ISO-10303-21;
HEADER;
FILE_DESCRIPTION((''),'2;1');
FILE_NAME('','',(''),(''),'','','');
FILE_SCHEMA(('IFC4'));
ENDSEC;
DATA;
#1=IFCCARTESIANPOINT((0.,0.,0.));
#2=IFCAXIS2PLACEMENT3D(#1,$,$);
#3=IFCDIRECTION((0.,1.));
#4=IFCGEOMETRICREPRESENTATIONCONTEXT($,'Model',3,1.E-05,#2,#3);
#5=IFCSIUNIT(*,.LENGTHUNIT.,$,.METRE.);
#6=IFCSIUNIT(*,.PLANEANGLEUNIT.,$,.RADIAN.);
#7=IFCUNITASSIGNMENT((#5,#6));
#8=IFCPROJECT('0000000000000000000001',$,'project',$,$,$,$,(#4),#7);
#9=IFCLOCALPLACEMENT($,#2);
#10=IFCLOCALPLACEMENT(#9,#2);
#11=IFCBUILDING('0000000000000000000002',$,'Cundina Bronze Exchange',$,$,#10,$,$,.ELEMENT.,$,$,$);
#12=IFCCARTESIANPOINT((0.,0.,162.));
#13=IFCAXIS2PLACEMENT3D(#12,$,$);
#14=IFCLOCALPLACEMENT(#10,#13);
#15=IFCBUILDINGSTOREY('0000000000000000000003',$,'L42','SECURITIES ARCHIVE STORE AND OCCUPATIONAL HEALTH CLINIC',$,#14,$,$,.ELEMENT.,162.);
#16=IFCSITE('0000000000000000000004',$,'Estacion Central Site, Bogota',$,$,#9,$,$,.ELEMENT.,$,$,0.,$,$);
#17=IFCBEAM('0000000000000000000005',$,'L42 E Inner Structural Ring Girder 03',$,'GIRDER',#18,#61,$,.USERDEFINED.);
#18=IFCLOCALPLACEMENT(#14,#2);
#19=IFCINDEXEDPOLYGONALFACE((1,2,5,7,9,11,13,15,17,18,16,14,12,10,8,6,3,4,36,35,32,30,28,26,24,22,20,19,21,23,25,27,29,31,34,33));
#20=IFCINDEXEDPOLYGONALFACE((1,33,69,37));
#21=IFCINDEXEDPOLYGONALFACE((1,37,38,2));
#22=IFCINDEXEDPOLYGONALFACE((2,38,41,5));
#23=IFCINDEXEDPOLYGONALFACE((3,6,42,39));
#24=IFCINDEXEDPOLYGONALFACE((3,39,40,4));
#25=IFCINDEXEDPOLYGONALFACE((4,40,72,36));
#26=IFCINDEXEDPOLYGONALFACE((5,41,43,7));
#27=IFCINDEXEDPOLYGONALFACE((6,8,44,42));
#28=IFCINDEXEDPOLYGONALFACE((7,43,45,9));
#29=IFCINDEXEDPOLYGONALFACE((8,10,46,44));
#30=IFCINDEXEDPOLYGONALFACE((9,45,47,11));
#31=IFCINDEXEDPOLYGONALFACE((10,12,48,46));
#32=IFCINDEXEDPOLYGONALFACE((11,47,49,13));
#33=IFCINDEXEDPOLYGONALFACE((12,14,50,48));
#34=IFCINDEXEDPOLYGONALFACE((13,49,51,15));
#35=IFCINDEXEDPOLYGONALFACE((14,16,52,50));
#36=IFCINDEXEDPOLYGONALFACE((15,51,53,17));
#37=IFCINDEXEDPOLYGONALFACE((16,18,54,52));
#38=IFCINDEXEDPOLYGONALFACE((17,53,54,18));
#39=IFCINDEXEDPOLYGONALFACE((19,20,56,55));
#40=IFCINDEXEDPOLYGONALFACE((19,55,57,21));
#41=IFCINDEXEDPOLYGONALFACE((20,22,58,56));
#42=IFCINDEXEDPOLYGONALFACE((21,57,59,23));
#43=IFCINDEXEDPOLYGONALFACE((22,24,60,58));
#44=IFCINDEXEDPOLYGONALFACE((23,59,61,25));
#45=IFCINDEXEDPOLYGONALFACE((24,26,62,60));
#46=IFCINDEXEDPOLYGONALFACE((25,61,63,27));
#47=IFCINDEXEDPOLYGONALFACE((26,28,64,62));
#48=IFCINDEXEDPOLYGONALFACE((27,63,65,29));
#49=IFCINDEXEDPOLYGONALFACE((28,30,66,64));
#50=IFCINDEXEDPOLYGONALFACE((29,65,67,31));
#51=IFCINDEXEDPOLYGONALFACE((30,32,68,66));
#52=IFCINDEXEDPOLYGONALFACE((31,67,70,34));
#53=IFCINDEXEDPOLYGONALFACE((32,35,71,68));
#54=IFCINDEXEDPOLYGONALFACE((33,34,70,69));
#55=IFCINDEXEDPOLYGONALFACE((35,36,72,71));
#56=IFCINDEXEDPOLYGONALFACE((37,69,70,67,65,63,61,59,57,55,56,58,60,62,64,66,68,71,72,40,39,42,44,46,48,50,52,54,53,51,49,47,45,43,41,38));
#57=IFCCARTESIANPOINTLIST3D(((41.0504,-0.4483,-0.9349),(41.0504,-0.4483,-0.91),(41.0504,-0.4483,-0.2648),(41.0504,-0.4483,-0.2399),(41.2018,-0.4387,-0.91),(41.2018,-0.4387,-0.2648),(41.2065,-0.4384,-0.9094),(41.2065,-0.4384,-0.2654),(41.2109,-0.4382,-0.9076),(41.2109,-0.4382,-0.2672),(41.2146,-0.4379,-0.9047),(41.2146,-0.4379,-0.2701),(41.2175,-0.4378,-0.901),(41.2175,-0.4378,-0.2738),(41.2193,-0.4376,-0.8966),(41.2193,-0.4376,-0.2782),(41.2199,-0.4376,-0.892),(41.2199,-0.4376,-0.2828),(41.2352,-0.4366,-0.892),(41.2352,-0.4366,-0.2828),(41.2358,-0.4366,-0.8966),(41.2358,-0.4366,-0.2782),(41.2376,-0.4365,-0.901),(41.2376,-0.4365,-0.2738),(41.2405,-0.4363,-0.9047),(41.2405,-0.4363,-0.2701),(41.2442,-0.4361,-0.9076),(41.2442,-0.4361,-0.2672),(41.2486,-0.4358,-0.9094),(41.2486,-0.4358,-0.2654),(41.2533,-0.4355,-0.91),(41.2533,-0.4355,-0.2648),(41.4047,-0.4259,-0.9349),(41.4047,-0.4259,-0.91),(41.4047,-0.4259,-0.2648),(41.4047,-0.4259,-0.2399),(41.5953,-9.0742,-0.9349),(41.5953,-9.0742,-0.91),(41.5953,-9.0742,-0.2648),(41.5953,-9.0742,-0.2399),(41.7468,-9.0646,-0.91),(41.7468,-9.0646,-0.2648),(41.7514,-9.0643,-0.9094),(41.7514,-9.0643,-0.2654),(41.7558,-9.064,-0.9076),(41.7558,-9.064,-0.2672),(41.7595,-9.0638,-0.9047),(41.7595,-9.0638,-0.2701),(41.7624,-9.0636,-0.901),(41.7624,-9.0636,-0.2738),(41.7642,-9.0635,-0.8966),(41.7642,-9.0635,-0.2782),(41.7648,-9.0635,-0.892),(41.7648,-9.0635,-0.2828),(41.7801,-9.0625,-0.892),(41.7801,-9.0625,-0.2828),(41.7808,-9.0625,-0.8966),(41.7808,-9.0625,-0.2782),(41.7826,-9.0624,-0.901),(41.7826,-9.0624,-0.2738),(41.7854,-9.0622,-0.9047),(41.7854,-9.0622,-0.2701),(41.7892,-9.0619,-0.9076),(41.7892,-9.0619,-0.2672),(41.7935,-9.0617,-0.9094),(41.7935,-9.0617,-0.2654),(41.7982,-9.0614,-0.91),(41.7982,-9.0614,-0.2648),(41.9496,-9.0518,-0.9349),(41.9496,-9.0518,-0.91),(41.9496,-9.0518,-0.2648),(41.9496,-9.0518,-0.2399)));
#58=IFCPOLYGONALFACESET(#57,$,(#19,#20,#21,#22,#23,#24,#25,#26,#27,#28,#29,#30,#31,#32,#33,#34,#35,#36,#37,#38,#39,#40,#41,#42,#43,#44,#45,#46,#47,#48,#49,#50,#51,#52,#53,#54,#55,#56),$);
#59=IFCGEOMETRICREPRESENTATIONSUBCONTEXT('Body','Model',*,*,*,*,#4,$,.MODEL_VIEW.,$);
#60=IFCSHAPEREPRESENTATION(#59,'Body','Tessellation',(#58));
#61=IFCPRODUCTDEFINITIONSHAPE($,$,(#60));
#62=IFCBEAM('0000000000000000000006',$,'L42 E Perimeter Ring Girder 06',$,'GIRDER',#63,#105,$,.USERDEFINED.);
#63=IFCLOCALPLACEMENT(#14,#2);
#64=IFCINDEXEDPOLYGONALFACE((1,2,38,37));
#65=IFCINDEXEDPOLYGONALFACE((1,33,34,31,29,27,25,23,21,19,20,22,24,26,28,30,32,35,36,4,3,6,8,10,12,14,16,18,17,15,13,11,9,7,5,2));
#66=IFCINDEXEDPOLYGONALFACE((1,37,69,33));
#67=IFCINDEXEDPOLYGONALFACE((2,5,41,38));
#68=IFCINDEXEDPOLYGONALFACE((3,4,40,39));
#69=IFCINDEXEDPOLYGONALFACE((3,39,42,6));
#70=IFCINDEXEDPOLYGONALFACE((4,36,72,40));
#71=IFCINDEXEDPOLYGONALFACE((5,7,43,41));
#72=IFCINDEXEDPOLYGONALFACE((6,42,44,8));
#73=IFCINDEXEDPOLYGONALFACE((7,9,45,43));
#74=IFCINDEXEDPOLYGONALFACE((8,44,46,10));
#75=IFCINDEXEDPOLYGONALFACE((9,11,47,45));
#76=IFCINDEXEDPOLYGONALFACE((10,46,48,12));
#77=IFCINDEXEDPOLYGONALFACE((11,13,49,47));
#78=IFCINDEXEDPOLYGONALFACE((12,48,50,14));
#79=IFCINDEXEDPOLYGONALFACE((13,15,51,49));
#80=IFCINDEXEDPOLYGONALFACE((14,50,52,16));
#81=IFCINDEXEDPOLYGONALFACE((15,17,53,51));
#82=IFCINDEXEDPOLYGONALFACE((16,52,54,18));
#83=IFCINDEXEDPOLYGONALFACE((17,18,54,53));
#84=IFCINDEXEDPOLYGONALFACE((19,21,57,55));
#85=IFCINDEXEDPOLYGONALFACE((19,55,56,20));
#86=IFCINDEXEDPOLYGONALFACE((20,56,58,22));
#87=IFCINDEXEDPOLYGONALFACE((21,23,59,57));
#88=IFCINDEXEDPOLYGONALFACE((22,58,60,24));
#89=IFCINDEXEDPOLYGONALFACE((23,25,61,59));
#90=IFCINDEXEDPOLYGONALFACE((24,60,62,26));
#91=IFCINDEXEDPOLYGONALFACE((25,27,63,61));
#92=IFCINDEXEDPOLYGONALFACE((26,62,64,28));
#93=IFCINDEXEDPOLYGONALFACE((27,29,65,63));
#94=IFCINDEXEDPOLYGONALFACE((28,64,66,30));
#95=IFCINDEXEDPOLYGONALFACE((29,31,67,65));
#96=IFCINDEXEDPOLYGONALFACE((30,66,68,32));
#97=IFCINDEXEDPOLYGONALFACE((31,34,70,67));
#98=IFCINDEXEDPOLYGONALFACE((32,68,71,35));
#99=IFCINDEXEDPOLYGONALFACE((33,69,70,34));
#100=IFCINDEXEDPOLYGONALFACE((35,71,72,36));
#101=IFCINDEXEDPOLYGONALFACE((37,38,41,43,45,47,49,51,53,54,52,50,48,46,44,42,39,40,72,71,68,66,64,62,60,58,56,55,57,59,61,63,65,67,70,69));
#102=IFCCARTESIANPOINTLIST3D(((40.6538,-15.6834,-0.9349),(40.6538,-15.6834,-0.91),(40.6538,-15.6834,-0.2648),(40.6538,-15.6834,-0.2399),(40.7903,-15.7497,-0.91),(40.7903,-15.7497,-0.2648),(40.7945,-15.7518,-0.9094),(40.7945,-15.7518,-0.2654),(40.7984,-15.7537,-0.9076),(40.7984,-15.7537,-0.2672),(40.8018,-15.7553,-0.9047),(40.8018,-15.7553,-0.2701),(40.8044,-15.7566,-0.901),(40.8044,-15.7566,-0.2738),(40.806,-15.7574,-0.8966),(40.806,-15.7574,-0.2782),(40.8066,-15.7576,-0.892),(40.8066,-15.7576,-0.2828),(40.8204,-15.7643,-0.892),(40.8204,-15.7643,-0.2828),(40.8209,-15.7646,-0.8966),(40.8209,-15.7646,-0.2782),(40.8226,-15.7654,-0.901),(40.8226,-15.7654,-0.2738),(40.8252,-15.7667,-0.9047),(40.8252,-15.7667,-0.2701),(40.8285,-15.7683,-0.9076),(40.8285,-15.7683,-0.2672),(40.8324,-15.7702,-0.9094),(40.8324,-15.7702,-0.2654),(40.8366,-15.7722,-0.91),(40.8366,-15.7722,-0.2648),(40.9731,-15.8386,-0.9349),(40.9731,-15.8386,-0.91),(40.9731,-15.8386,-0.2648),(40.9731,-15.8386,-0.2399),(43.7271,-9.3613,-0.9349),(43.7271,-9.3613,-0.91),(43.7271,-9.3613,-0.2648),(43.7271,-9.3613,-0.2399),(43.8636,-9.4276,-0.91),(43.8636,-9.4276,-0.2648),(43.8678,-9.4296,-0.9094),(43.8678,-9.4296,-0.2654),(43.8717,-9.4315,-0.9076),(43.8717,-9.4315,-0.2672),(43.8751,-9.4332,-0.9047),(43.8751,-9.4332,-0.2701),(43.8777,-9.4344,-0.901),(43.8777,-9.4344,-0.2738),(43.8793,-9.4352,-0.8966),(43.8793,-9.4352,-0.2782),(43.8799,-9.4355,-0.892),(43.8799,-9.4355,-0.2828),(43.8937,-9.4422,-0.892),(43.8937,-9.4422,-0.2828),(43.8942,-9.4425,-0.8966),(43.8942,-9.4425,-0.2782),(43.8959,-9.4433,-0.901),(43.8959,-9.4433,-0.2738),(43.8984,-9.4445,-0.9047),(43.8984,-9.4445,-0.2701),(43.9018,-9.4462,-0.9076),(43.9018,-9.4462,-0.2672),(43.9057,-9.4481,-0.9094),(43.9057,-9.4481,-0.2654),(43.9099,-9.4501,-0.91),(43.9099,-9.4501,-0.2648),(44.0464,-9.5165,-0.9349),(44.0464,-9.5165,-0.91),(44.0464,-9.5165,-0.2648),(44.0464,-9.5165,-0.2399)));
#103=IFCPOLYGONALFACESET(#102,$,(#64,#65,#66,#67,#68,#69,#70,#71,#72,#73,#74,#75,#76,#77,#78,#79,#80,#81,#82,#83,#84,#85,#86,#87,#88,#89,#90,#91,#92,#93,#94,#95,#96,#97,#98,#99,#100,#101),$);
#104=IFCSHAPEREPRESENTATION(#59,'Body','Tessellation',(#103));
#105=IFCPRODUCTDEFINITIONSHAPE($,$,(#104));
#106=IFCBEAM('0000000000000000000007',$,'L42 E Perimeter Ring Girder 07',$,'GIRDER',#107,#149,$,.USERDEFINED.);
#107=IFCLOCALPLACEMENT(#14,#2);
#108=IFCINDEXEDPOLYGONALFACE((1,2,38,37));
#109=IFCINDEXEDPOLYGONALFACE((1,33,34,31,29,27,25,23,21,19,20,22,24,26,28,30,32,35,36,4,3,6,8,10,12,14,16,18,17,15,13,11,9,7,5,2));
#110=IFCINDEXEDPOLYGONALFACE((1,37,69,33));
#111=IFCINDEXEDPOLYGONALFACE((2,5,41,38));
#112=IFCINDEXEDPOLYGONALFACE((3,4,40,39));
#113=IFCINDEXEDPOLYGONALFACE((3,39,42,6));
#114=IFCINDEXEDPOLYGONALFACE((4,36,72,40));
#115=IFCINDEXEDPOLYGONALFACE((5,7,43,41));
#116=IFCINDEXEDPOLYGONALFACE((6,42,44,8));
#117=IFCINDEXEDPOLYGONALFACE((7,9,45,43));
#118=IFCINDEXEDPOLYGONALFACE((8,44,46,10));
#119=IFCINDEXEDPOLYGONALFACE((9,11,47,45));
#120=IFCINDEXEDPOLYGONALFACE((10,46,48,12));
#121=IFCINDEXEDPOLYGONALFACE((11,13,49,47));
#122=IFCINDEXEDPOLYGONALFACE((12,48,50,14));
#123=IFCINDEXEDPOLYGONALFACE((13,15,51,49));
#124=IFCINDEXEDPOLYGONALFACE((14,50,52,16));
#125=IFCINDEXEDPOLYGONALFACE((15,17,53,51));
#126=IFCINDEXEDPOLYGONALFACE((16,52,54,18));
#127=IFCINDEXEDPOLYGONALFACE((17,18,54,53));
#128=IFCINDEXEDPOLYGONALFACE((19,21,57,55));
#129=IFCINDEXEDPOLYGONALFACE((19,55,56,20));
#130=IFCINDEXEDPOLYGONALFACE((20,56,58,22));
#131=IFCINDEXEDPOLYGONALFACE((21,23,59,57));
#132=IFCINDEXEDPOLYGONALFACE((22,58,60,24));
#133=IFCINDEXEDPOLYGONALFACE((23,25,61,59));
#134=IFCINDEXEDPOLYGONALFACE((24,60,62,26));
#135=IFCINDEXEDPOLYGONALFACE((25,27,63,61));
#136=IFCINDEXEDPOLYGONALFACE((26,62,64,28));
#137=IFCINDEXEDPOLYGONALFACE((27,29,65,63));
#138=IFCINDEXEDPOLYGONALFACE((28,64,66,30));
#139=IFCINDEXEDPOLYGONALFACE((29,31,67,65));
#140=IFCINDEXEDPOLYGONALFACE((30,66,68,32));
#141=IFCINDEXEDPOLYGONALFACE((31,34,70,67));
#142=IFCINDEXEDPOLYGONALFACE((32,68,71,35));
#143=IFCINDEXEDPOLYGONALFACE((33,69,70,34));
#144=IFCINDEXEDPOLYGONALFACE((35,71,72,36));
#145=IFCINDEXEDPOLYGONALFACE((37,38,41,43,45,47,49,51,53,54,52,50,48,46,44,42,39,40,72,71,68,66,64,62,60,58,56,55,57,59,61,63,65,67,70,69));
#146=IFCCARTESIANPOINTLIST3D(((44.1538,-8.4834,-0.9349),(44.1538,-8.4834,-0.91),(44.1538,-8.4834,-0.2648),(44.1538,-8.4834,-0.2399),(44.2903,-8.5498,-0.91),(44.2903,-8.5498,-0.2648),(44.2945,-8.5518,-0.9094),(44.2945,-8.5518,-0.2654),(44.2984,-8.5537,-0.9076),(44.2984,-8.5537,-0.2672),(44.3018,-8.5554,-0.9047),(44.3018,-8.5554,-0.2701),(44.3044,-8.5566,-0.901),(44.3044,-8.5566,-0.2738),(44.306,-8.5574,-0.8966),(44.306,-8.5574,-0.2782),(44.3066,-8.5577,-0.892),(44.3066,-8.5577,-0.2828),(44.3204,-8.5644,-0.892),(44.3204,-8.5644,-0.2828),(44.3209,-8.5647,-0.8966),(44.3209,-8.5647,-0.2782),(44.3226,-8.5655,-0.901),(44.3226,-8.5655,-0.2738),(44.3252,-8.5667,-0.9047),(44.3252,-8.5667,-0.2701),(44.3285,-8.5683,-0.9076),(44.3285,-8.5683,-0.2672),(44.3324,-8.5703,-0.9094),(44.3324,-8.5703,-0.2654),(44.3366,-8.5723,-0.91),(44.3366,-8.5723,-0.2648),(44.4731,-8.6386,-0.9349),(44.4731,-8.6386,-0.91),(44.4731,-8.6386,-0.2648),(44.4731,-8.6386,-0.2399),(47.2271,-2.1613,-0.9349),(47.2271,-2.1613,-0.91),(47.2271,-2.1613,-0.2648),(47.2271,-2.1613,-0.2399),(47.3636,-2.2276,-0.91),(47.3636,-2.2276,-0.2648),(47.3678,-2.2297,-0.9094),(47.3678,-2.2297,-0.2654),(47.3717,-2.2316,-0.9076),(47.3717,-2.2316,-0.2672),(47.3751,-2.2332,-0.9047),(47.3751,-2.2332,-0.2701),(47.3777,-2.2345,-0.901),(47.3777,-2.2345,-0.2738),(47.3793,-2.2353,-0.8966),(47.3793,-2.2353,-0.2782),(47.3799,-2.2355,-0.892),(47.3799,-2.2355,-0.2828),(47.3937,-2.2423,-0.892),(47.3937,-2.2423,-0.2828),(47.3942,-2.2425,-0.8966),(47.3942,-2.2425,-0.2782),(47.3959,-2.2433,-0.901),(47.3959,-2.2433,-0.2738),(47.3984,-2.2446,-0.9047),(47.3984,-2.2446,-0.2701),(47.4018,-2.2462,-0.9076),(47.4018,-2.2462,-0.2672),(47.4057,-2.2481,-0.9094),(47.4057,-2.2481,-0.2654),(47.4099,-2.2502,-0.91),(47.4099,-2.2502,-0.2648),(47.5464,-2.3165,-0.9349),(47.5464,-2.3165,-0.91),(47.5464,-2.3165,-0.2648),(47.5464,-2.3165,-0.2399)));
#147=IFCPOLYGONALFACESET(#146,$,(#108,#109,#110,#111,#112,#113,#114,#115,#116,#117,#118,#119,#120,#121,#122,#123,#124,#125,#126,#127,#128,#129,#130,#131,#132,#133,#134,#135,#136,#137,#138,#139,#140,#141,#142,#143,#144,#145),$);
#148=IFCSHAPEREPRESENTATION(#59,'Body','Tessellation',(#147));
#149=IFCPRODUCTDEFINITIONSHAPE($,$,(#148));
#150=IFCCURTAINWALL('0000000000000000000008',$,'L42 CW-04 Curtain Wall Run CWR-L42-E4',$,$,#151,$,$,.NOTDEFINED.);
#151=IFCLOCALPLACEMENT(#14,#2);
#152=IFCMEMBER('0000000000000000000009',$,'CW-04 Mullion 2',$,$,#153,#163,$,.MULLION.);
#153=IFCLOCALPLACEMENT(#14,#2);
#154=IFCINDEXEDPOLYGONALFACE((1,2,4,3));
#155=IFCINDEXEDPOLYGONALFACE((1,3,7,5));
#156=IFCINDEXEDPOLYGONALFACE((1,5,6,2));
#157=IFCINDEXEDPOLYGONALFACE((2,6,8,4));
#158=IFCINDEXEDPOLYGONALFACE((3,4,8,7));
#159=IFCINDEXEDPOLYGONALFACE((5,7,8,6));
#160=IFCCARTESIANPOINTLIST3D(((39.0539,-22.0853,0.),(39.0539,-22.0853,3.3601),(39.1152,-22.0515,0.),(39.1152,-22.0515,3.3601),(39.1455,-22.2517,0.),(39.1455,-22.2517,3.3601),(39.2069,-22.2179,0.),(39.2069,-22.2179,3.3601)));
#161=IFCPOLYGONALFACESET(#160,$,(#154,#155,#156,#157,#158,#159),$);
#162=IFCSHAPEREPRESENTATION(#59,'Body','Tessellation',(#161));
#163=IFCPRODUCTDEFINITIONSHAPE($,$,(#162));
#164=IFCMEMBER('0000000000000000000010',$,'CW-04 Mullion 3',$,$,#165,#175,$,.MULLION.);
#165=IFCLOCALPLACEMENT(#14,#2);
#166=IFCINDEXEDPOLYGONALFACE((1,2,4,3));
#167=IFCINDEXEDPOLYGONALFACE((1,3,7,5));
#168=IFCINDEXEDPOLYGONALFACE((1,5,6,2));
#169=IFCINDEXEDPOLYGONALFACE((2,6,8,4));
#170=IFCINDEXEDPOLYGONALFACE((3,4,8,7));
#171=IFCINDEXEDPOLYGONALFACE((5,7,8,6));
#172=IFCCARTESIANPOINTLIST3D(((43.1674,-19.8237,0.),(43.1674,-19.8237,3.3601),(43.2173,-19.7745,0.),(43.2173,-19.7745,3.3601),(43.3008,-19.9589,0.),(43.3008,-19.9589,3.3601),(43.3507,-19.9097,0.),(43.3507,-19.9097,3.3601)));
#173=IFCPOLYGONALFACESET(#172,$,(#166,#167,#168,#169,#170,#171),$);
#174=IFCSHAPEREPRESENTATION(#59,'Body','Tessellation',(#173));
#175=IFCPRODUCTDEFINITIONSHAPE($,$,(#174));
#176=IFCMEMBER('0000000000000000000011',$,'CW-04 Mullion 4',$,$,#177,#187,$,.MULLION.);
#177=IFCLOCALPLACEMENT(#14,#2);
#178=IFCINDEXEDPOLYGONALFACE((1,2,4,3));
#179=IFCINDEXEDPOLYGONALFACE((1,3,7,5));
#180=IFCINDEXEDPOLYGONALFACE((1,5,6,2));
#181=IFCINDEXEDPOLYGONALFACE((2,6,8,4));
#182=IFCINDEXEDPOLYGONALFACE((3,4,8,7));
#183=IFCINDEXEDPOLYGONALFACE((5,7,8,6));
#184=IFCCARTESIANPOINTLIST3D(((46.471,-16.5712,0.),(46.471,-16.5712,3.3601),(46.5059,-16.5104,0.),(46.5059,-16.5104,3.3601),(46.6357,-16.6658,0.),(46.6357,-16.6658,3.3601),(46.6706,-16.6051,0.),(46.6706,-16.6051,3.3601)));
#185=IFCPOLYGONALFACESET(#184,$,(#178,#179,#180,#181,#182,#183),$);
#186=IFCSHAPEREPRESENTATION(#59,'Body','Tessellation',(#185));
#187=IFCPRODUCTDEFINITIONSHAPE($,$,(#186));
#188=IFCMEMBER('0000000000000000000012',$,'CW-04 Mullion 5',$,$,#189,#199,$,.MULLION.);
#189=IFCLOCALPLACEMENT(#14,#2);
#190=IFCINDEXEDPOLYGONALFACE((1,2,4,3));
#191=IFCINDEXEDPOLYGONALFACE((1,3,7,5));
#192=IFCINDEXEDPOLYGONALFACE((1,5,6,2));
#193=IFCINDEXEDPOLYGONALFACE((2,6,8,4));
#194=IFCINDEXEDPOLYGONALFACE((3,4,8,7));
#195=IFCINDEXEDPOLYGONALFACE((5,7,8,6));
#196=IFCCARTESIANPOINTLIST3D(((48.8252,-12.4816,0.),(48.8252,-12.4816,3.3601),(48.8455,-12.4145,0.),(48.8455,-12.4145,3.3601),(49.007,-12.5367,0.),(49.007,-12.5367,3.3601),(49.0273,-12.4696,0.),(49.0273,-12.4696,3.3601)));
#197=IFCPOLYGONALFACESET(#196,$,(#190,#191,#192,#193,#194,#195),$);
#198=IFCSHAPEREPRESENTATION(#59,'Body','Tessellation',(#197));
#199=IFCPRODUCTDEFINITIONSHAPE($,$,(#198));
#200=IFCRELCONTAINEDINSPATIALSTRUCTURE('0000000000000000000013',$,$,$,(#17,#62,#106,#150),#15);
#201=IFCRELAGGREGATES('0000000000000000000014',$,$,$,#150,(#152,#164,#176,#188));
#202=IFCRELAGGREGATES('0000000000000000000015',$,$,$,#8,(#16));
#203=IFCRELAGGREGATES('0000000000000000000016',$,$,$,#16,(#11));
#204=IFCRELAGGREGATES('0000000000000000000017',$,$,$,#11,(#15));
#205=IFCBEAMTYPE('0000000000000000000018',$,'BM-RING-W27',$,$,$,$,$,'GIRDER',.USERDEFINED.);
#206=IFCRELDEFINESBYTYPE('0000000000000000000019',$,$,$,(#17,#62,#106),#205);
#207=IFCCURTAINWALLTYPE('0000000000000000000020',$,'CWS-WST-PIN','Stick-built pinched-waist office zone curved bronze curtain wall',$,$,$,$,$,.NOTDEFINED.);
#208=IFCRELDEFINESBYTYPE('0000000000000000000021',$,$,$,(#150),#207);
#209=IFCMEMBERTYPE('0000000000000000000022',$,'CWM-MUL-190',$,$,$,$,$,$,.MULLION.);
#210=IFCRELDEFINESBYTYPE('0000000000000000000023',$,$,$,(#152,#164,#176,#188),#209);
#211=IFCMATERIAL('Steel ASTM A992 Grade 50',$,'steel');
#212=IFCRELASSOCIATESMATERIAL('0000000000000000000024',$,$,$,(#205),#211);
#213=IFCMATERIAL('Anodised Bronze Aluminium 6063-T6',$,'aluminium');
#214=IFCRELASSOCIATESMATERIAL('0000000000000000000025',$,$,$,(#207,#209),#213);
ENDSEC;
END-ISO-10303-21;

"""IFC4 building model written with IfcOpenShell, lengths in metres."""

from ifc_helpers import new_model, si_unit, direction, frame, origin, origin_2d, place, context, subcontext, project, spatial, rectangle, i_section, extrude, material, material_profile, profile_set, type_object, element, aggregate, save


model = new_model("IFC4")

# Units and contexts
model_context = context("Model", 3, precision=1e-05, world=origin(), true_north=direction((0.0, 1.0)))
body_context = subcontext(model_context, "Body", "Model", "MODEL_VIEW")
ifc_project = project(units=[si_unit("LENGTHUNIT", "METRE"), si_unit("PLANEANGLEUNIT", "RADIAN")], contexts=[model_context])

# Site, building, storey
site_placement = place(None, origin())
site = spatial("IfcSite", under=ifc_project, at=site_placement, Name="Estacion Central Site, Bogota", CompositionType="ELEMENT", RefElevation=0.0)
building_placement = place(site_placement, origin())
building = spatial("IfcBuilding", under=site, at=building_placement, Name="Cundina Bronze Exchange", CompositionType="ELEMENT")
storey_placement = place(building_placement, frame((0.0, 0.0, 162.0)))
storey = spatial("IfcBuildingStorey", under=building, at=storey_placement, Name="L42", Description="SECURITIES ARCHIVE STORE AND OCCUPATIONAL HEALTH CLINIC", CompositionType="ELEMENT", Elevation=162.0)

# Beams
ifc_material_1 = material(Name="Steel ASTM A992 Grade 50", Category="steel")
ifc_material_profile_1 = material_profile(ifc_material_1, i_section(OverallWidth=0.355, OverallDepth=0.6951, WebThickness=0.0154, FlangeThickness=0.0249, FilletRadius=0.0181, at=origin_2d()), Name="W27X146", Category="steel")
ifc_profile_set_1 = profile_set([ifc_material_profile_1], Name="Steel ASTM A992 Grade 50")
beam_type_1 = type_object("IfcBeamType", Name="BM-RING-W27", ElementType="GIRDER", PredefinedType="USERDEFINED", material=ifc_profile_set_1)
beam_1_placement = place(storey_placement, frame((41.7725, -9.063, -0.5874), z_axis=(-0.063047, 0.998011, 0.0), x_axis=(-0.998011, -0.063047, 0.0)))
element("IfcBeam", 1, at=beam_1_placement, inside=storey, type_object=beam_type_1, Name="L42 E Inner Structural Ring Girder 03", ObjectType="GIRDER", PredefinedType="USERDEFINED", context=body_context, shape_type="SweptSolid", body=[
    extrude(i_section(OverallWidth=0.355, OverallDepth=0.6951, WebThickness=0.0154, FlangeThickness=0.0249, FilletRadius=0.0181, at=origin_2d()), origin(), (0.0, 0.0, 1.0), 8.6431),
])
for number, where, z_axis, x_axis, name in (
    (2, (40.8135, -15.761, -0.5874), (0.437197, 0.899366, 0.0), (-0.899366, 0.437197, 0.0), "L42 E Perimeter Ring Girder 06"),
    (3, (44.3135, -8.561, -0.5874), (0.437197, 0.899366, 0.0), (-0.899366, 0.437197, 0.0), "L42 E Perimeter Ring Girder 07"),
):
    element("IfcBeam", number, at=place(storey_placement, frame(where, z_axis=z_axis, x_axis=x_axis)), inside=storey, type_object=beam_type_1, Name=name, ObjectType="GIRDER", PredefinedType="USERDEFINED", context=body_context, shape_type="SweptSolid", body=[
        extrude(i_section(OverallWidth=0.355, OverallDepth=0.6951, WebThickness=0.0154, FlangeThickness=0.0249, FilletRadius=0.0181, at=origin_2d()), origin(), (0.0, 0.0, 1.0), 7.0295),
    ])

# Curtain wall, members
ifc_material_2 = material(Name="Anodised Bronze Aluminium 6063-T6", Category="aluminium")
curtain_wall_type = type_object("IfcCurtainWallType", Name="CWS-WST-PIN", Description="Stick-built pinched-waist office zone curved bronze curtain wall", PredefinedType="NOTDEFINED", material=ifc_material_2)
curtain_wall_placement = place(storey_placement, origin())
curtain_wall = element("IfcCurtainWall", 4, at=curtain_wall_placement, inside=storey, type_object=curtain_wall_type, Name="L42 CW-04 Curtain Wall Run CWR-L42-E4", PredefinedType="NOTDEFINED")
ifc_material_profile_2 = material_profile(ifc_material_2, rectangle(XDim=0.0701, YDim=0.1899, at=origin_2d()), Name="AL70X190", Category="aluminium")
ifc_profile_set_2 = profile_set([ifc_material_profile_2], Name="Anodised Bronze Aluminium 6063-T6")
member_type_1 = type_object("IfcMemberType", Name="CWM-MUL-190", PredefinedType="MULLION", material=ifc_profile_set_2)
member_1_placement = place(storey_placement, frame((39.1304, -22.1516, 0.0), z_axis=(0.0, 0.0, 1.0), x_axis=(0.875886, 0.482518, 0.0)))
member_1 = element("IfcMember", 5, at=member_1_placement, type_object=member_type_1, Name="CW-04 Mullion 2", PredefinedType="MULLION", context=body_context, shape_type="SweptSolid", body=[
    extrude(rectangle(XDim=0.0701, YDim=0.1899, at=origin_2d()), origin(), (0.0, 0.0, 1.0), 3.3601),
])
member_2_placement = place(storey_placement, frame((43.259, -19.8667, 0.0), z_axis=(0.0, 0.0, 1.0), x_axis=(0.712026, 0.702153, 0.0)))
member_2 = element("IfcMember", 6, at=member_2_placement, type_object=member_type_1, Name="CW-04 Mullion 3", PredefinedType="MULLION", context=body_context, shape_type="SweptSolid", body=[
    extrude(rectangle(XDim=0.0701, YDim=0.1899, at=origin_2d()), origin(), (0.0, 0.0, 1.0), 3.3601),
])
member_3_placement = place(storey_placement, frame((46.5708, -16.5881, 0.0), z_axis=(0.0, 0.0, 1.0), x_axis=(0.498488, 0.866897, 0.0)))
member_3 = element("IfcMember", 7, at=member_3_placement, type_object=member_type_1, Name="CW-04 Mullion 4", PredefinedType="MULLION", context=body_context, shape_type="SweptSolid", body=[
    extrude(rectangle(XDim=0.0701, YDim=0.1899, at=origin_2d()), origin(), (0.0, 0.0, 1.0), 3.3601),
])
member_4_placement = place(storey_placement, frame((48.9263, -12.4756, 0.0), z_axis=(0.0, 0.0, 1.0), x_axis=(0.290034, 0.957016, 0.0)))
member_4 = element("IfcMember", 8, at=member_4_placement, type_object=member_type_1, Name="CW-04 Mullion 5", PredefinedType="MULLION", context=body_context, shape_type="SweptSolid", body=[
    extrude(rectangle(XDim=0.0701, YDim=0.1899, at=origin_2d()), origin(), (0.0, 0.0, 1.0), 3.3601),
])
aggregate(curtain_wall, [member_1, member_2, member_3, member_4])

save(model, "model.ifc")
